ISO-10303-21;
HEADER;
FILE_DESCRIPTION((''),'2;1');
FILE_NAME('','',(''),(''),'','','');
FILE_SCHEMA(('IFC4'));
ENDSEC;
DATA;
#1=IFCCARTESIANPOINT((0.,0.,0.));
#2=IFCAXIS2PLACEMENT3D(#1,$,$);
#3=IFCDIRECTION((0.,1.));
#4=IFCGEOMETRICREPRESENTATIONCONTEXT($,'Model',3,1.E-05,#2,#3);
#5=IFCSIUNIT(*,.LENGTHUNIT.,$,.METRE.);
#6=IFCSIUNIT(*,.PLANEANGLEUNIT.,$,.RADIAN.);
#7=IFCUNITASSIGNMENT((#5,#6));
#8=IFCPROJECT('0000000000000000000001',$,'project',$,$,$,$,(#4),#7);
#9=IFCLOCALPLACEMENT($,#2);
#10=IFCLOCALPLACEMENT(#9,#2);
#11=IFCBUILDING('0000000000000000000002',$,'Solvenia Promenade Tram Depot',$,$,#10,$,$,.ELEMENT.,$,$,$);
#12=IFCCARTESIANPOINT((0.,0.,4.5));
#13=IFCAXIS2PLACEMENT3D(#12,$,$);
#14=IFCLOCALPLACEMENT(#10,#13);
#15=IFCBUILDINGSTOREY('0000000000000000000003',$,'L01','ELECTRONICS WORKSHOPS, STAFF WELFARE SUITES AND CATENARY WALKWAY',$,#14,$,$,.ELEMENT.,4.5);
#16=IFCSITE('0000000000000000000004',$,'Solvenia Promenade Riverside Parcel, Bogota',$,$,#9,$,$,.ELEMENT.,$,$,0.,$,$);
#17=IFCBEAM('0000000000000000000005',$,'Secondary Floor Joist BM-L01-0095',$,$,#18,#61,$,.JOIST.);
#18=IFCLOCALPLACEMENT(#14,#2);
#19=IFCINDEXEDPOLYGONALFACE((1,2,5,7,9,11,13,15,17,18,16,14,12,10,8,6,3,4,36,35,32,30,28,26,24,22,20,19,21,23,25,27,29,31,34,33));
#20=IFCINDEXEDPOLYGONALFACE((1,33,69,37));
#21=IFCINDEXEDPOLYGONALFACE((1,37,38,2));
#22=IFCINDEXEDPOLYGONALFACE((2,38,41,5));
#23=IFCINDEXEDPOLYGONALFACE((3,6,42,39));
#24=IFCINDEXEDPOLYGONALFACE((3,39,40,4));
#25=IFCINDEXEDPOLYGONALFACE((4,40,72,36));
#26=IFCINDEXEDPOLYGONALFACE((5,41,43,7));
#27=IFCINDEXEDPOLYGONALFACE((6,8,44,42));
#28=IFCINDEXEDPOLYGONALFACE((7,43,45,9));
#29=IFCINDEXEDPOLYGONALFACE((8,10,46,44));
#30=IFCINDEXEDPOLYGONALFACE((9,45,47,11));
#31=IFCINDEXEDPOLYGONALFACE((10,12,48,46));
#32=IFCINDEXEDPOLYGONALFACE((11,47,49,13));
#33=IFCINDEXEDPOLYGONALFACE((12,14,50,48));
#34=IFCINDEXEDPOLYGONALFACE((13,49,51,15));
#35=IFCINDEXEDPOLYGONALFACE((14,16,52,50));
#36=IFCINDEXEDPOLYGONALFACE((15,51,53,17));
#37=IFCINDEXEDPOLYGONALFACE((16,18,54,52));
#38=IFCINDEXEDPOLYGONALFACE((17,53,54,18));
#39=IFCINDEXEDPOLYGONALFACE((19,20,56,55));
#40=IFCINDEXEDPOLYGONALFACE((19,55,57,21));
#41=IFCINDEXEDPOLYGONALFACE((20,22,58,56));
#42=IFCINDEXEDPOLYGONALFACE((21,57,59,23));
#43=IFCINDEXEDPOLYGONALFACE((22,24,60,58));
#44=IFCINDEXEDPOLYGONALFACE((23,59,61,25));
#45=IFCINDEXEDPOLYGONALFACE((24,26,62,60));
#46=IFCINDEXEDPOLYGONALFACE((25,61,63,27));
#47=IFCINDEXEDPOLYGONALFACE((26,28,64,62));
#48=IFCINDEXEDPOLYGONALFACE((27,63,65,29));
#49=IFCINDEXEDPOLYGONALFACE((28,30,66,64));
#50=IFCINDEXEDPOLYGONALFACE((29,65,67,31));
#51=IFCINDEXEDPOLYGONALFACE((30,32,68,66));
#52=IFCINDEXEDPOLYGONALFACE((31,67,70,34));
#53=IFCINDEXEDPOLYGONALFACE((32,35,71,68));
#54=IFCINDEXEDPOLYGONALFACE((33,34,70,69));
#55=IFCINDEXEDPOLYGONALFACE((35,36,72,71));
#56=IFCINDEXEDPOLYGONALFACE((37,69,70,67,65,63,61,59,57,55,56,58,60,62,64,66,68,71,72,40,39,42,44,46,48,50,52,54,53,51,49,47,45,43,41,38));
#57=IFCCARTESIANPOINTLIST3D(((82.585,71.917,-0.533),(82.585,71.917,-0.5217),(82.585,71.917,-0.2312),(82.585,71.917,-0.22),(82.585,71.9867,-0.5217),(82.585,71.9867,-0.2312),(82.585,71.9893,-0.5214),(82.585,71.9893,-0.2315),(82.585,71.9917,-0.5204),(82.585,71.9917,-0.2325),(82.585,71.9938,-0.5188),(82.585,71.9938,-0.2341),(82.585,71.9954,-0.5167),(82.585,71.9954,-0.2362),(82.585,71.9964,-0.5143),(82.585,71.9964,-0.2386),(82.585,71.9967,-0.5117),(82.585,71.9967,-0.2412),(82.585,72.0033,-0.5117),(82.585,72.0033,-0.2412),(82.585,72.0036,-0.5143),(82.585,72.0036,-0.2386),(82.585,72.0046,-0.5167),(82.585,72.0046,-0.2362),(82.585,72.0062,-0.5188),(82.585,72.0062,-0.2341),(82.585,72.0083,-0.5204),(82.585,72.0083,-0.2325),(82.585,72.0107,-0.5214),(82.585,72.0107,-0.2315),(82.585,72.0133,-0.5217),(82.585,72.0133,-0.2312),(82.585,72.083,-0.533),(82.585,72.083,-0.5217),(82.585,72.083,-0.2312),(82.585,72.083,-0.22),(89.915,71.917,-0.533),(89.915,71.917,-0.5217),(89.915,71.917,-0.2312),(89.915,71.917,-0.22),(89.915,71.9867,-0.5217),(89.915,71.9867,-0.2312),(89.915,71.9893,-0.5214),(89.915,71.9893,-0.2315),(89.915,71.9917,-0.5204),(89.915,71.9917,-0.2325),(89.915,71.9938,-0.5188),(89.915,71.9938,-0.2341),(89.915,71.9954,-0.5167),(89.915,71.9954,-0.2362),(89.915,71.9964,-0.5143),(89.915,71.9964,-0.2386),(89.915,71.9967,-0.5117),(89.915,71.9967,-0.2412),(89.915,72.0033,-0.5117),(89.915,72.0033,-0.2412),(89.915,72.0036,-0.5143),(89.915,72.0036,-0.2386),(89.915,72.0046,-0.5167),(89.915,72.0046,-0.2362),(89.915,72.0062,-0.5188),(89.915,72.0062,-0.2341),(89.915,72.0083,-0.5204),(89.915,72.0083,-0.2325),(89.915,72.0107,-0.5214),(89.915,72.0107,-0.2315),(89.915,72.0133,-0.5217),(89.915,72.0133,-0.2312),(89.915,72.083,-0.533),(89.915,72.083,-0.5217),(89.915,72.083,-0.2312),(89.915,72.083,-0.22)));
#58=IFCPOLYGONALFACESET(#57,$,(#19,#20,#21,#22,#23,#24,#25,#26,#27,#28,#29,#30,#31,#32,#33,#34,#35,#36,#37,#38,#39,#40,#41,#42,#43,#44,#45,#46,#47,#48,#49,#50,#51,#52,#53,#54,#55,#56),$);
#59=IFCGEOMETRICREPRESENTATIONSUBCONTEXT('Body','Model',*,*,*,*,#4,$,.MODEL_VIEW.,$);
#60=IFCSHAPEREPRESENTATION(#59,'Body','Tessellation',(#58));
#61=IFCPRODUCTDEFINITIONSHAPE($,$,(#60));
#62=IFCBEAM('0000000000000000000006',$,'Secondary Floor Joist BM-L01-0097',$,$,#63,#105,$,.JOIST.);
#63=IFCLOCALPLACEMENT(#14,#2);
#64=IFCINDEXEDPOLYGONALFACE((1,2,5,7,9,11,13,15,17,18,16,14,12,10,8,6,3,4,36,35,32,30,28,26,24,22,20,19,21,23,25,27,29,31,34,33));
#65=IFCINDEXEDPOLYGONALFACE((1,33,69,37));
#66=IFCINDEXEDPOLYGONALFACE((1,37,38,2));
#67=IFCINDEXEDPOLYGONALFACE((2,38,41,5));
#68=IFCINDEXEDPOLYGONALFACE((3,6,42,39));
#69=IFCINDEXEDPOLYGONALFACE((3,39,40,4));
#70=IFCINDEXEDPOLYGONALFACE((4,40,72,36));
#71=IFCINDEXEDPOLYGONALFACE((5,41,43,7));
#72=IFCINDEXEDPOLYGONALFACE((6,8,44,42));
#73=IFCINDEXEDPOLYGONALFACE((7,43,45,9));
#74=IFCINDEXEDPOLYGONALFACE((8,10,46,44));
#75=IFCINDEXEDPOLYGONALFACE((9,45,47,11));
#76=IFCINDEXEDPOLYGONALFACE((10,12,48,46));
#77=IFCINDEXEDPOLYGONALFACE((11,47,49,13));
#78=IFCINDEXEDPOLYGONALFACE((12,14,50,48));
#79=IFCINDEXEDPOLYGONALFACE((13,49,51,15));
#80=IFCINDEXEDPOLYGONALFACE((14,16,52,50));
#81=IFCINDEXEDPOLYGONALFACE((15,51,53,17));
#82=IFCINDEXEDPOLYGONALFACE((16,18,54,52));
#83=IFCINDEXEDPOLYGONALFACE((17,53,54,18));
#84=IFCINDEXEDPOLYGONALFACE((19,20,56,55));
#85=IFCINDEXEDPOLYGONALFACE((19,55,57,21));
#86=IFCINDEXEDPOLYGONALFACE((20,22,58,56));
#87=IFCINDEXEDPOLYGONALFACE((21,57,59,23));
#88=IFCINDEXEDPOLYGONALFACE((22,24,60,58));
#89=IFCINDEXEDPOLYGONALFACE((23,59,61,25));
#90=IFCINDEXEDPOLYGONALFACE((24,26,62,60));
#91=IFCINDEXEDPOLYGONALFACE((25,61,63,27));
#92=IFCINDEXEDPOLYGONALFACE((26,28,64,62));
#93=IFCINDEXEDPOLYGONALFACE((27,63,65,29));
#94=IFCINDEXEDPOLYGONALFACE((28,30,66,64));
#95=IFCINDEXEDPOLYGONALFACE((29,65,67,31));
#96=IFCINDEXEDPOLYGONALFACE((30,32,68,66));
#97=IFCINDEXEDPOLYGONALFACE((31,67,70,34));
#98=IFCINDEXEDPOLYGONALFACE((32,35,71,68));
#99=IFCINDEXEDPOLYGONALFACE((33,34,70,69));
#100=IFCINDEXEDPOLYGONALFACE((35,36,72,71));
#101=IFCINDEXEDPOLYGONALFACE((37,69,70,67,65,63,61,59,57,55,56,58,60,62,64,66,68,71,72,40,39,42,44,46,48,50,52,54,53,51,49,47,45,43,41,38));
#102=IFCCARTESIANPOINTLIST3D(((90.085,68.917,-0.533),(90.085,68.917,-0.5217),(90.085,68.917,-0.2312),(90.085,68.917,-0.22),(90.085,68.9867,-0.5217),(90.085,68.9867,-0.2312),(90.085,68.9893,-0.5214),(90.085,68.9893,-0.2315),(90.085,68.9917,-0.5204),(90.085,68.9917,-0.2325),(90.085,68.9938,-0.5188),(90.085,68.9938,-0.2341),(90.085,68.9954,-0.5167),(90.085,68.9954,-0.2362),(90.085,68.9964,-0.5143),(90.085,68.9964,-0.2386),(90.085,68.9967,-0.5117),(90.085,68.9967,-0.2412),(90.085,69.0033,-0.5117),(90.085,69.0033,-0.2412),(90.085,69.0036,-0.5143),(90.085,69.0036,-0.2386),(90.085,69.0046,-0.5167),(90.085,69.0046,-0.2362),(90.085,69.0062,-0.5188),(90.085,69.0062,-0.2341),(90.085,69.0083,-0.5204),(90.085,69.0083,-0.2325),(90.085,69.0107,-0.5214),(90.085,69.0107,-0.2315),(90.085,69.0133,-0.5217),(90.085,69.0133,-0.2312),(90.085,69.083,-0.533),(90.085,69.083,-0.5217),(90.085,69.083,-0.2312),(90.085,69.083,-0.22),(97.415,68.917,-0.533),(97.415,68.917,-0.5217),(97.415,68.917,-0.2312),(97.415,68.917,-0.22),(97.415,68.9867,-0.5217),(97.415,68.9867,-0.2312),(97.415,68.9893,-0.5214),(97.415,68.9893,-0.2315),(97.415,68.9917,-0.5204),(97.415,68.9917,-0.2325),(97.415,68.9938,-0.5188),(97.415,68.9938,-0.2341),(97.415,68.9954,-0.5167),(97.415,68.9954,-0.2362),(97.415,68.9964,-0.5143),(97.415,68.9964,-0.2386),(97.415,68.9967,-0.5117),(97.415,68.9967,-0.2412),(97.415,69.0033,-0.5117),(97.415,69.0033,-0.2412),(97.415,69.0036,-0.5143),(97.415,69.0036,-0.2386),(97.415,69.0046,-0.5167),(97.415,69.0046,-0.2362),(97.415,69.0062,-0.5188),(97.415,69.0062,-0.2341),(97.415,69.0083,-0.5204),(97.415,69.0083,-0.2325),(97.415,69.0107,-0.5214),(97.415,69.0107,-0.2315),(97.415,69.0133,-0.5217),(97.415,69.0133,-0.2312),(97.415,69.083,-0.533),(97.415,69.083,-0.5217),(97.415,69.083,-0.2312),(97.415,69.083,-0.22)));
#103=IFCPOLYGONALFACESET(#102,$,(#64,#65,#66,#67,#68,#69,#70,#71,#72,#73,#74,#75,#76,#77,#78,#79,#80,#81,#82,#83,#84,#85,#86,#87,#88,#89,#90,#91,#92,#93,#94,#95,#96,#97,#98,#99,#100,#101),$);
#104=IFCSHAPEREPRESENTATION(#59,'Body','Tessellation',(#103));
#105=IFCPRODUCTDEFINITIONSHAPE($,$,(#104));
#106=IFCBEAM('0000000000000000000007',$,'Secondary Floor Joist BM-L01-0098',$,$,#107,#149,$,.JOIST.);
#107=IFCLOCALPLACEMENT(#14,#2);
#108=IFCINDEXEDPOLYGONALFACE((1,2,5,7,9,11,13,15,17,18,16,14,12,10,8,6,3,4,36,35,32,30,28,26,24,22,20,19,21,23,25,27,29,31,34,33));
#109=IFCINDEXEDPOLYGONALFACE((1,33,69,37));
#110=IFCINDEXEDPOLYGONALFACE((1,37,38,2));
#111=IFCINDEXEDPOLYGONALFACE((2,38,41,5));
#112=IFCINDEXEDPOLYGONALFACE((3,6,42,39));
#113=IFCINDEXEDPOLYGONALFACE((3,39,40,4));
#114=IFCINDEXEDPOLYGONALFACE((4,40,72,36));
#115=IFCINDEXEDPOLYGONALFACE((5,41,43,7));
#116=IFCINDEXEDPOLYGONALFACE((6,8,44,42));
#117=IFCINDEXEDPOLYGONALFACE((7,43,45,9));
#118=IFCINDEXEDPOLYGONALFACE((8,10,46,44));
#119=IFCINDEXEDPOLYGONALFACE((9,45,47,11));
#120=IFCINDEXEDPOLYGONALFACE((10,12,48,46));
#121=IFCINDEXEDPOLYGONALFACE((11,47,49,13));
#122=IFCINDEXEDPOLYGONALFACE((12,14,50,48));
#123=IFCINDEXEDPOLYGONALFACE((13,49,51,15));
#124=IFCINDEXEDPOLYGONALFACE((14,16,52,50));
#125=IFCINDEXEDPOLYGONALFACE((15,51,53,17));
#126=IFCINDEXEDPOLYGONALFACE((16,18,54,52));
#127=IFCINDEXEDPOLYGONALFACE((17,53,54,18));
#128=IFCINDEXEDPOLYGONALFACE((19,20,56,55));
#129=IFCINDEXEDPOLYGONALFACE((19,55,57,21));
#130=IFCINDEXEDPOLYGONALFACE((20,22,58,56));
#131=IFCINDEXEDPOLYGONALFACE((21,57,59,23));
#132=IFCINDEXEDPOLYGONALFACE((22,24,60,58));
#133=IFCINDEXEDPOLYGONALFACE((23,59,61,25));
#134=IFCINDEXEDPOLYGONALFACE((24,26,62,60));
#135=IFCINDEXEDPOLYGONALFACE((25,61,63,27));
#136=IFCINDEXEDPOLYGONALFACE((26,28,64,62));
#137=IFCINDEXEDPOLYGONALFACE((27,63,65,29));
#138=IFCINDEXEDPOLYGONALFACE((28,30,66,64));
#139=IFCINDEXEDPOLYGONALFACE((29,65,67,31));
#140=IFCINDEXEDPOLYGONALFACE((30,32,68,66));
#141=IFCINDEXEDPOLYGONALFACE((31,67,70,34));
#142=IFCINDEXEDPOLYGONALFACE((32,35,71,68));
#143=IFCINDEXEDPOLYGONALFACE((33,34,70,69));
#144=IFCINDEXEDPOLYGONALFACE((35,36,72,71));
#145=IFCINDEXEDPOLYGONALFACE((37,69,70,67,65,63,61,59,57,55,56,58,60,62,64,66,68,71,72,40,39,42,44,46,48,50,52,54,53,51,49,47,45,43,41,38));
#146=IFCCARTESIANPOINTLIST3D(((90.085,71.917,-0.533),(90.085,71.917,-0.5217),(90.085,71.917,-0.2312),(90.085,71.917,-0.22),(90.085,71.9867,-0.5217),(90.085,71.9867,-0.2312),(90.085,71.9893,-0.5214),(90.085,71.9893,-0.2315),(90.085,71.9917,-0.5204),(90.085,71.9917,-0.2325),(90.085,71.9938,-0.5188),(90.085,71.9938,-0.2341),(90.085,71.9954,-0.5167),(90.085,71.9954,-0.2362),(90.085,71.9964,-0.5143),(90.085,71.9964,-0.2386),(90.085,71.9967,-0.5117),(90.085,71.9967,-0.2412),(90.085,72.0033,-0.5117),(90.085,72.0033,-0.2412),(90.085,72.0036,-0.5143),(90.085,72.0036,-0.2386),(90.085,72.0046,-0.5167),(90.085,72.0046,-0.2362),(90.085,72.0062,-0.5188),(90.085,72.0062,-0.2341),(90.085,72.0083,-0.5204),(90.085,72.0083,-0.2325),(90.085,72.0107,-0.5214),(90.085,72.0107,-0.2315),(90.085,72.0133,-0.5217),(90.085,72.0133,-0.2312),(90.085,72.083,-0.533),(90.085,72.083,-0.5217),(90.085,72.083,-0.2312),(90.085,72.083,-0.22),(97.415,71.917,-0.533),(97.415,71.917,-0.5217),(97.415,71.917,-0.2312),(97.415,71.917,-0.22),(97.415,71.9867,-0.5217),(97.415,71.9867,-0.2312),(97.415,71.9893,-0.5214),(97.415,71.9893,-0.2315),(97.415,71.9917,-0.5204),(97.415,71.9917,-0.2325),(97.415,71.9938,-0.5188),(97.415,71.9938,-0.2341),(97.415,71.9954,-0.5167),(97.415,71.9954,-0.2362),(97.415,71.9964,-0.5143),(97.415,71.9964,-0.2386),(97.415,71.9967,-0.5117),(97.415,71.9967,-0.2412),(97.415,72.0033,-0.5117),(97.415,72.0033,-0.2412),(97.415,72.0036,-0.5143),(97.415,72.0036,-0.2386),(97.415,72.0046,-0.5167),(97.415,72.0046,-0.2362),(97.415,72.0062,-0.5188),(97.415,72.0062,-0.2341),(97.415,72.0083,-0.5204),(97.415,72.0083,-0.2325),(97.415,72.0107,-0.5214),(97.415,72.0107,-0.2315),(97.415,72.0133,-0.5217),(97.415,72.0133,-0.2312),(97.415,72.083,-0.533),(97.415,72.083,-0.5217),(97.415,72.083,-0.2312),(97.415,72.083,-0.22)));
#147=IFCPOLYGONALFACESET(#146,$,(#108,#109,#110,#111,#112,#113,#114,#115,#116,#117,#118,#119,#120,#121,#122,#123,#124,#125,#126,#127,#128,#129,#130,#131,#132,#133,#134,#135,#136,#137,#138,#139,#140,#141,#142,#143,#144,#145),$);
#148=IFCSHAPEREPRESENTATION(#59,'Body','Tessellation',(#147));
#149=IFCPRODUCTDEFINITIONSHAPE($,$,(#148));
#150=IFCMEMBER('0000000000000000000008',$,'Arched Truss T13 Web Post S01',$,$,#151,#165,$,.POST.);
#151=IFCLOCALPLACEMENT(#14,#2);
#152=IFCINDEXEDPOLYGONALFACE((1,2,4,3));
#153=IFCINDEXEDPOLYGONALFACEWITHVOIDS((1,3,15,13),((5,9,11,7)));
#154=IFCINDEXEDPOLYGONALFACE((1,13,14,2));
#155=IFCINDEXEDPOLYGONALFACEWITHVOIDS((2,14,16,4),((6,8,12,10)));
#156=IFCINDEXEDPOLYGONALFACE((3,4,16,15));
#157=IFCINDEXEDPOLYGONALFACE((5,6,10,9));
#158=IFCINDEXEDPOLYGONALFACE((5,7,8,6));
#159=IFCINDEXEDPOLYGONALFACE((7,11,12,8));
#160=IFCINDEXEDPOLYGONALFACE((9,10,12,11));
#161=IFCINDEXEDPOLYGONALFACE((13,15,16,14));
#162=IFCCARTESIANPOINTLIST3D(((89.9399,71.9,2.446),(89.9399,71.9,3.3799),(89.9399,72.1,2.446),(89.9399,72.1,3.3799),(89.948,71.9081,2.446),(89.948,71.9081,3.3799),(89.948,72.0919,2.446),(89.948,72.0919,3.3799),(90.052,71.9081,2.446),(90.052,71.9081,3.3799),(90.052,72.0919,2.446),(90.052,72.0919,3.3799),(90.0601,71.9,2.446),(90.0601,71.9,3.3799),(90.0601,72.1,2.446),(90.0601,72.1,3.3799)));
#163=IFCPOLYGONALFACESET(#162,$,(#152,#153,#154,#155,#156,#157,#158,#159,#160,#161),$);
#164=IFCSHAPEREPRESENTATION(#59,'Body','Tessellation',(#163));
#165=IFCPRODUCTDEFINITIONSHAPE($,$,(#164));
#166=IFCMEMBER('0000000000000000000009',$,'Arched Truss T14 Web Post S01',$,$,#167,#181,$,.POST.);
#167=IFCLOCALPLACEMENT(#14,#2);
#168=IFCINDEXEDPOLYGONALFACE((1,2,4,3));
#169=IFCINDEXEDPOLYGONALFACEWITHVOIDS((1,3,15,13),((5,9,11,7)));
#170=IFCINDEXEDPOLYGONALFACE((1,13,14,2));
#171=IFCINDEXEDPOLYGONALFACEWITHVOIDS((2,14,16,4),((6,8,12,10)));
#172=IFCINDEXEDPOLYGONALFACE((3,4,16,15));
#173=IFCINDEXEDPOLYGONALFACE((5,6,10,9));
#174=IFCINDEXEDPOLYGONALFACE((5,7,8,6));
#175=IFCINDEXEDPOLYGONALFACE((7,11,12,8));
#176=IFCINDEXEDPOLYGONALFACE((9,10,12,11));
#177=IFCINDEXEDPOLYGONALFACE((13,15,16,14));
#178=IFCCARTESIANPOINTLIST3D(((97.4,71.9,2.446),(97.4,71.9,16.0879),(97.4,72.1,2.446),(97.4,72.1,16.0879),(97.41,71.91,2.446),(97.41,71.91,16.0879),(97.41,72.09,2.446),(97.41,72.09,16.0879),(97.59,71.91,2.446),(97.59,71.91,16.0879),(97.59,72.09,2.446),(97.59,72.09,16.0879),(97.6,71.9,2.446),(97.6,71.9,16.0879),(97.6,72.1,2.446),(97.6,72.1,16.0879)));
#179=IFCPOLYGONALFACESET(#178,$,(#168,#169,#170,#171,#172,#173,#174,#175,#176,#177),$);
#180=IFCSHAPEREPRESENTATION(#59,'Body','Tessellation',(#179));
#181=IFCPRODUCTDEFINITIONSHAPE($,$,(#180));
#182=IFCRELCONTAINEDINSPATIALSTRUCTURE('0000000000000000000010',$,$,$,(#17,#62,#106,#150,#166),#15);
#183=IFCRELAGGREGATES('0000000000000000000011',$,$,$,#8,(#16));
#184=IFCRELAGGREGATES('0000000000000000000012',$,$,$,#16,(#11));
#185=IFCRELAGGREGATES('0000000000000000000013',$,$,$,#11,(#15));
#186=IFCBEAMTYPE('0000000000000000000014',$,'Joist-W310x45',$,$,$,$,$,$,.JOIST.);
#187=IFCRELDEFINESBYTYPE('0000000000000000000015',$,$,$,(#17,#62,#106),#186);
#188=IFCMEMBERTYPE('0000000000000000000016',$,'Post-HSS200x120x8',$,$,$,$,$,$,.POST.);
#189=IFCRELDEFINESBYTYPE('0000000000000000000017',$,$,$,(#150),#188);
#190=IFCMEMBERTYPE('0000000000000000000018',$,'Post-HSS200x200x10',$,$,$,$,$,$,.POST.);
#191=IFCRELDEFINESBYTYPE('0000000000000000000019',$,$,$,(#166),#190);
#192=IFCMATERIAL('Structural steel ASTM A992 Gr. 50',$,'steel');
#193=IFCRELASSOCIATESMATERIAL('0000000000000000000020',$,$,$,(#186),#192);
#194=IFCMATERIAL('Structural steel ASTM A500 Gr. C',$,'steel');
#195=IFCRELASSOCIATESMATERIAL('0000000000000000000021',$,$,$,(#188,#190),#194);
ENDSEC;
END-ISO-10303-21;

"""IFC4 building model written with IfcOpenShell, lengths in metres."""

from ifc_helpers import new_model, si_unit, direction, frame, origin, origin_2d, place, context, subcontext, project, spatial, hollow_rectangle, i_section, extrude, material, material_profile, profile_set, type_object, element, save


model = new_model("IFC4")

# Units and contexts
model_context = context("Model", 3, precision=1e-05, world=origin(), true_north=direction((0.0, 1.0)))
body_context = subcontext(model_context, "Body", "Model", "MODEL_VIEW")
ifc_project = project(units=[si_unit("LENGTHUNIT", "METRE"), si_unit("PLANEANGLEUNIT", "RADIAN")], contexts=[model_context])

# Site, building, storey
site_placement = place(None, origin())
site = spatial("IfcSite", under=ifc_project, at=site_placement, Name="Solvenia Promenade Riverside Parcel, Bogota", CompositionType="ELEMENT", RefElevation=0.0)
building_placement = place(site_placement, origin())
building = spatial("IfcBuilding", under=site, at=building_placement, Name="Solvenia Promenade Tram Depot", CompositionType="ELEMENT")
storey_placement = place(building_placement, frame((0.0, 0.0, 4.5)))
storey = spatial("IfcBuildingStorey", under=building, at=storey_placement, Name="L01", Description="ELECTRONICS WORKSHOPS, STAFF WELFARE SUITES AND CATENARY WALKWAY", CompositionType="ELEMENT", Elevation=4.5)

# Shared definitions
ifc_material_1 = material(Name="Structural steel ASTM A992 Gr. 50", Category="steel")

# Shared definitions
ifc_material_2 = material(Name="Structural steel ASTM A500 Gr. C", Category="steel")

# Beams
ifc_material_profile_1 = material_profile(ifc_material_1, i_section(OverallWidth=0.166, OverallDepth=0.313, WebThickness=0.0066, FlangeThickness=0.0112, FilletRadius=0.01, at=origin_2d()), Name="W310x45", Category="steel")
ifc_profile_set_1 = profile_set([ifc_material_profile_1], Name="Structural steel ASTM A992 Gr. 50")
beam_type_1 = type_object("IfcBeamType", Name="Joist-W310x45", PredefinedType="JOIST", material=ifc_profile_set_1)
for number, where, z_axis, x_axis, name in (
    (1, (82.585, 72.0, -0.3765), (1.0, 0.0, 0.0), (0.0, 1.0, 0.0), "Secondary Floor Joist BM-L01-0095"),
    (2, (90.085, 69.0, -0.3765), (1.0, 0.0, 0.0), (0.0, 1.0, 0.0), "Secondary Floor Joist BM-L01-0097"),
    (3, (90.085, 72.0, -0.3765), (1.0, 0.0, 0.0), (0.0, 1.0, 0.0), "Secondary Floor Joist BM-L01-0098"),
):
    element("IfcBeam", number, at=place(storey_placement, frame(where, z_axis=z_axis, x_axis=x_axis)), inside=storey, type_object=beam_type_1, Name=name, PredefinedType="JOIST", context=body_context, shape_type="SweptSolid", body=[
        extrude(i_section(OverallWidth=0.166, OverallDepth=0.313, WebThickness=0.0066, FlangeThickness=0.0112, FilletRadius=0.01, at=origin_2d()), origin(), (0.0, 0.0, 1.0), 7.3301),
    ])

# Members
ifc_material_profile_2 = material_profile(ifc_material_2, hollow_rectangle(XDim=0.1201, YDim=0.2, WallThickness=0.0081, at=origin_2d()), Name="HSS200x120x8", Category="steel")
ifc_profile_set_2 = profile_set([ifc_material_profile_2], Name="Structural steel ASTM A500 Gr. C")
member_type_1 = type_object("IfcMemberType", Name="Post-HSS200x120x8", PredefinedType="POST", material=ifc_profile_set_2)
member_1_placement = place(storey_placement, frame((90.0, 72.0, 2.446), z_axis=(0.0, 0.0, 1.0), x_axis=(1.0, 0.0, 0.0)))
element("IfcMember", 4, at=member_1_placement, inside=storey, type_object=member_type_1, Name="Arched Truss T13 Web Post S01", PredefinedType="POST", context=body_context, shape_type="SweptSolid", body=[
    extrude(hollow_rectangle(XDim=0.1201, YDim=0.2, WallThickness=0.0081, at=origin_2d()), origin(), (0.0, 0.0, 1.0), 0.9338),
])
ifc_material_profile_3 = material_profile(ifc_material_2, hollow_rectangle(XDim=0.2, YDim=0.2, WallThickness=0.01, at=origin_2d()), Name="HSS200x200x10", Category="steel")
ifc_profile_set_3 = profile_set([ifc_material_profile_3], Name="Structural steel ASTM A500 Gr. C")
member_type_2 = type_object("IfcMemberType", Name="Post-HSS200x200x10", PredefinedType="POST", material=ifc_profile_set_3)
member_2_placement = place(storey_placement, frame((97.5, 72.0, 2.446), z_axis=(0.0, 0.0, 1.0), x_axis=(1.0, 0.0, 0.0)))
element("IfcMember", 5, at=member_2_placement, inside=storey, type_object=member_type_2, Name="Arched Truss T14 Web Post S01", PredefinedType="POST", context=body_context, shape_type="SweptSolid", body=[
    extrude(hollow_rectangle(XDim=0.2, YDim=0.2, WallThickness=0.01, at=origin_2d()), origin(), (0.0, 0.0, 1.0), 13.6418),
])

save(model, "model.ifc")
